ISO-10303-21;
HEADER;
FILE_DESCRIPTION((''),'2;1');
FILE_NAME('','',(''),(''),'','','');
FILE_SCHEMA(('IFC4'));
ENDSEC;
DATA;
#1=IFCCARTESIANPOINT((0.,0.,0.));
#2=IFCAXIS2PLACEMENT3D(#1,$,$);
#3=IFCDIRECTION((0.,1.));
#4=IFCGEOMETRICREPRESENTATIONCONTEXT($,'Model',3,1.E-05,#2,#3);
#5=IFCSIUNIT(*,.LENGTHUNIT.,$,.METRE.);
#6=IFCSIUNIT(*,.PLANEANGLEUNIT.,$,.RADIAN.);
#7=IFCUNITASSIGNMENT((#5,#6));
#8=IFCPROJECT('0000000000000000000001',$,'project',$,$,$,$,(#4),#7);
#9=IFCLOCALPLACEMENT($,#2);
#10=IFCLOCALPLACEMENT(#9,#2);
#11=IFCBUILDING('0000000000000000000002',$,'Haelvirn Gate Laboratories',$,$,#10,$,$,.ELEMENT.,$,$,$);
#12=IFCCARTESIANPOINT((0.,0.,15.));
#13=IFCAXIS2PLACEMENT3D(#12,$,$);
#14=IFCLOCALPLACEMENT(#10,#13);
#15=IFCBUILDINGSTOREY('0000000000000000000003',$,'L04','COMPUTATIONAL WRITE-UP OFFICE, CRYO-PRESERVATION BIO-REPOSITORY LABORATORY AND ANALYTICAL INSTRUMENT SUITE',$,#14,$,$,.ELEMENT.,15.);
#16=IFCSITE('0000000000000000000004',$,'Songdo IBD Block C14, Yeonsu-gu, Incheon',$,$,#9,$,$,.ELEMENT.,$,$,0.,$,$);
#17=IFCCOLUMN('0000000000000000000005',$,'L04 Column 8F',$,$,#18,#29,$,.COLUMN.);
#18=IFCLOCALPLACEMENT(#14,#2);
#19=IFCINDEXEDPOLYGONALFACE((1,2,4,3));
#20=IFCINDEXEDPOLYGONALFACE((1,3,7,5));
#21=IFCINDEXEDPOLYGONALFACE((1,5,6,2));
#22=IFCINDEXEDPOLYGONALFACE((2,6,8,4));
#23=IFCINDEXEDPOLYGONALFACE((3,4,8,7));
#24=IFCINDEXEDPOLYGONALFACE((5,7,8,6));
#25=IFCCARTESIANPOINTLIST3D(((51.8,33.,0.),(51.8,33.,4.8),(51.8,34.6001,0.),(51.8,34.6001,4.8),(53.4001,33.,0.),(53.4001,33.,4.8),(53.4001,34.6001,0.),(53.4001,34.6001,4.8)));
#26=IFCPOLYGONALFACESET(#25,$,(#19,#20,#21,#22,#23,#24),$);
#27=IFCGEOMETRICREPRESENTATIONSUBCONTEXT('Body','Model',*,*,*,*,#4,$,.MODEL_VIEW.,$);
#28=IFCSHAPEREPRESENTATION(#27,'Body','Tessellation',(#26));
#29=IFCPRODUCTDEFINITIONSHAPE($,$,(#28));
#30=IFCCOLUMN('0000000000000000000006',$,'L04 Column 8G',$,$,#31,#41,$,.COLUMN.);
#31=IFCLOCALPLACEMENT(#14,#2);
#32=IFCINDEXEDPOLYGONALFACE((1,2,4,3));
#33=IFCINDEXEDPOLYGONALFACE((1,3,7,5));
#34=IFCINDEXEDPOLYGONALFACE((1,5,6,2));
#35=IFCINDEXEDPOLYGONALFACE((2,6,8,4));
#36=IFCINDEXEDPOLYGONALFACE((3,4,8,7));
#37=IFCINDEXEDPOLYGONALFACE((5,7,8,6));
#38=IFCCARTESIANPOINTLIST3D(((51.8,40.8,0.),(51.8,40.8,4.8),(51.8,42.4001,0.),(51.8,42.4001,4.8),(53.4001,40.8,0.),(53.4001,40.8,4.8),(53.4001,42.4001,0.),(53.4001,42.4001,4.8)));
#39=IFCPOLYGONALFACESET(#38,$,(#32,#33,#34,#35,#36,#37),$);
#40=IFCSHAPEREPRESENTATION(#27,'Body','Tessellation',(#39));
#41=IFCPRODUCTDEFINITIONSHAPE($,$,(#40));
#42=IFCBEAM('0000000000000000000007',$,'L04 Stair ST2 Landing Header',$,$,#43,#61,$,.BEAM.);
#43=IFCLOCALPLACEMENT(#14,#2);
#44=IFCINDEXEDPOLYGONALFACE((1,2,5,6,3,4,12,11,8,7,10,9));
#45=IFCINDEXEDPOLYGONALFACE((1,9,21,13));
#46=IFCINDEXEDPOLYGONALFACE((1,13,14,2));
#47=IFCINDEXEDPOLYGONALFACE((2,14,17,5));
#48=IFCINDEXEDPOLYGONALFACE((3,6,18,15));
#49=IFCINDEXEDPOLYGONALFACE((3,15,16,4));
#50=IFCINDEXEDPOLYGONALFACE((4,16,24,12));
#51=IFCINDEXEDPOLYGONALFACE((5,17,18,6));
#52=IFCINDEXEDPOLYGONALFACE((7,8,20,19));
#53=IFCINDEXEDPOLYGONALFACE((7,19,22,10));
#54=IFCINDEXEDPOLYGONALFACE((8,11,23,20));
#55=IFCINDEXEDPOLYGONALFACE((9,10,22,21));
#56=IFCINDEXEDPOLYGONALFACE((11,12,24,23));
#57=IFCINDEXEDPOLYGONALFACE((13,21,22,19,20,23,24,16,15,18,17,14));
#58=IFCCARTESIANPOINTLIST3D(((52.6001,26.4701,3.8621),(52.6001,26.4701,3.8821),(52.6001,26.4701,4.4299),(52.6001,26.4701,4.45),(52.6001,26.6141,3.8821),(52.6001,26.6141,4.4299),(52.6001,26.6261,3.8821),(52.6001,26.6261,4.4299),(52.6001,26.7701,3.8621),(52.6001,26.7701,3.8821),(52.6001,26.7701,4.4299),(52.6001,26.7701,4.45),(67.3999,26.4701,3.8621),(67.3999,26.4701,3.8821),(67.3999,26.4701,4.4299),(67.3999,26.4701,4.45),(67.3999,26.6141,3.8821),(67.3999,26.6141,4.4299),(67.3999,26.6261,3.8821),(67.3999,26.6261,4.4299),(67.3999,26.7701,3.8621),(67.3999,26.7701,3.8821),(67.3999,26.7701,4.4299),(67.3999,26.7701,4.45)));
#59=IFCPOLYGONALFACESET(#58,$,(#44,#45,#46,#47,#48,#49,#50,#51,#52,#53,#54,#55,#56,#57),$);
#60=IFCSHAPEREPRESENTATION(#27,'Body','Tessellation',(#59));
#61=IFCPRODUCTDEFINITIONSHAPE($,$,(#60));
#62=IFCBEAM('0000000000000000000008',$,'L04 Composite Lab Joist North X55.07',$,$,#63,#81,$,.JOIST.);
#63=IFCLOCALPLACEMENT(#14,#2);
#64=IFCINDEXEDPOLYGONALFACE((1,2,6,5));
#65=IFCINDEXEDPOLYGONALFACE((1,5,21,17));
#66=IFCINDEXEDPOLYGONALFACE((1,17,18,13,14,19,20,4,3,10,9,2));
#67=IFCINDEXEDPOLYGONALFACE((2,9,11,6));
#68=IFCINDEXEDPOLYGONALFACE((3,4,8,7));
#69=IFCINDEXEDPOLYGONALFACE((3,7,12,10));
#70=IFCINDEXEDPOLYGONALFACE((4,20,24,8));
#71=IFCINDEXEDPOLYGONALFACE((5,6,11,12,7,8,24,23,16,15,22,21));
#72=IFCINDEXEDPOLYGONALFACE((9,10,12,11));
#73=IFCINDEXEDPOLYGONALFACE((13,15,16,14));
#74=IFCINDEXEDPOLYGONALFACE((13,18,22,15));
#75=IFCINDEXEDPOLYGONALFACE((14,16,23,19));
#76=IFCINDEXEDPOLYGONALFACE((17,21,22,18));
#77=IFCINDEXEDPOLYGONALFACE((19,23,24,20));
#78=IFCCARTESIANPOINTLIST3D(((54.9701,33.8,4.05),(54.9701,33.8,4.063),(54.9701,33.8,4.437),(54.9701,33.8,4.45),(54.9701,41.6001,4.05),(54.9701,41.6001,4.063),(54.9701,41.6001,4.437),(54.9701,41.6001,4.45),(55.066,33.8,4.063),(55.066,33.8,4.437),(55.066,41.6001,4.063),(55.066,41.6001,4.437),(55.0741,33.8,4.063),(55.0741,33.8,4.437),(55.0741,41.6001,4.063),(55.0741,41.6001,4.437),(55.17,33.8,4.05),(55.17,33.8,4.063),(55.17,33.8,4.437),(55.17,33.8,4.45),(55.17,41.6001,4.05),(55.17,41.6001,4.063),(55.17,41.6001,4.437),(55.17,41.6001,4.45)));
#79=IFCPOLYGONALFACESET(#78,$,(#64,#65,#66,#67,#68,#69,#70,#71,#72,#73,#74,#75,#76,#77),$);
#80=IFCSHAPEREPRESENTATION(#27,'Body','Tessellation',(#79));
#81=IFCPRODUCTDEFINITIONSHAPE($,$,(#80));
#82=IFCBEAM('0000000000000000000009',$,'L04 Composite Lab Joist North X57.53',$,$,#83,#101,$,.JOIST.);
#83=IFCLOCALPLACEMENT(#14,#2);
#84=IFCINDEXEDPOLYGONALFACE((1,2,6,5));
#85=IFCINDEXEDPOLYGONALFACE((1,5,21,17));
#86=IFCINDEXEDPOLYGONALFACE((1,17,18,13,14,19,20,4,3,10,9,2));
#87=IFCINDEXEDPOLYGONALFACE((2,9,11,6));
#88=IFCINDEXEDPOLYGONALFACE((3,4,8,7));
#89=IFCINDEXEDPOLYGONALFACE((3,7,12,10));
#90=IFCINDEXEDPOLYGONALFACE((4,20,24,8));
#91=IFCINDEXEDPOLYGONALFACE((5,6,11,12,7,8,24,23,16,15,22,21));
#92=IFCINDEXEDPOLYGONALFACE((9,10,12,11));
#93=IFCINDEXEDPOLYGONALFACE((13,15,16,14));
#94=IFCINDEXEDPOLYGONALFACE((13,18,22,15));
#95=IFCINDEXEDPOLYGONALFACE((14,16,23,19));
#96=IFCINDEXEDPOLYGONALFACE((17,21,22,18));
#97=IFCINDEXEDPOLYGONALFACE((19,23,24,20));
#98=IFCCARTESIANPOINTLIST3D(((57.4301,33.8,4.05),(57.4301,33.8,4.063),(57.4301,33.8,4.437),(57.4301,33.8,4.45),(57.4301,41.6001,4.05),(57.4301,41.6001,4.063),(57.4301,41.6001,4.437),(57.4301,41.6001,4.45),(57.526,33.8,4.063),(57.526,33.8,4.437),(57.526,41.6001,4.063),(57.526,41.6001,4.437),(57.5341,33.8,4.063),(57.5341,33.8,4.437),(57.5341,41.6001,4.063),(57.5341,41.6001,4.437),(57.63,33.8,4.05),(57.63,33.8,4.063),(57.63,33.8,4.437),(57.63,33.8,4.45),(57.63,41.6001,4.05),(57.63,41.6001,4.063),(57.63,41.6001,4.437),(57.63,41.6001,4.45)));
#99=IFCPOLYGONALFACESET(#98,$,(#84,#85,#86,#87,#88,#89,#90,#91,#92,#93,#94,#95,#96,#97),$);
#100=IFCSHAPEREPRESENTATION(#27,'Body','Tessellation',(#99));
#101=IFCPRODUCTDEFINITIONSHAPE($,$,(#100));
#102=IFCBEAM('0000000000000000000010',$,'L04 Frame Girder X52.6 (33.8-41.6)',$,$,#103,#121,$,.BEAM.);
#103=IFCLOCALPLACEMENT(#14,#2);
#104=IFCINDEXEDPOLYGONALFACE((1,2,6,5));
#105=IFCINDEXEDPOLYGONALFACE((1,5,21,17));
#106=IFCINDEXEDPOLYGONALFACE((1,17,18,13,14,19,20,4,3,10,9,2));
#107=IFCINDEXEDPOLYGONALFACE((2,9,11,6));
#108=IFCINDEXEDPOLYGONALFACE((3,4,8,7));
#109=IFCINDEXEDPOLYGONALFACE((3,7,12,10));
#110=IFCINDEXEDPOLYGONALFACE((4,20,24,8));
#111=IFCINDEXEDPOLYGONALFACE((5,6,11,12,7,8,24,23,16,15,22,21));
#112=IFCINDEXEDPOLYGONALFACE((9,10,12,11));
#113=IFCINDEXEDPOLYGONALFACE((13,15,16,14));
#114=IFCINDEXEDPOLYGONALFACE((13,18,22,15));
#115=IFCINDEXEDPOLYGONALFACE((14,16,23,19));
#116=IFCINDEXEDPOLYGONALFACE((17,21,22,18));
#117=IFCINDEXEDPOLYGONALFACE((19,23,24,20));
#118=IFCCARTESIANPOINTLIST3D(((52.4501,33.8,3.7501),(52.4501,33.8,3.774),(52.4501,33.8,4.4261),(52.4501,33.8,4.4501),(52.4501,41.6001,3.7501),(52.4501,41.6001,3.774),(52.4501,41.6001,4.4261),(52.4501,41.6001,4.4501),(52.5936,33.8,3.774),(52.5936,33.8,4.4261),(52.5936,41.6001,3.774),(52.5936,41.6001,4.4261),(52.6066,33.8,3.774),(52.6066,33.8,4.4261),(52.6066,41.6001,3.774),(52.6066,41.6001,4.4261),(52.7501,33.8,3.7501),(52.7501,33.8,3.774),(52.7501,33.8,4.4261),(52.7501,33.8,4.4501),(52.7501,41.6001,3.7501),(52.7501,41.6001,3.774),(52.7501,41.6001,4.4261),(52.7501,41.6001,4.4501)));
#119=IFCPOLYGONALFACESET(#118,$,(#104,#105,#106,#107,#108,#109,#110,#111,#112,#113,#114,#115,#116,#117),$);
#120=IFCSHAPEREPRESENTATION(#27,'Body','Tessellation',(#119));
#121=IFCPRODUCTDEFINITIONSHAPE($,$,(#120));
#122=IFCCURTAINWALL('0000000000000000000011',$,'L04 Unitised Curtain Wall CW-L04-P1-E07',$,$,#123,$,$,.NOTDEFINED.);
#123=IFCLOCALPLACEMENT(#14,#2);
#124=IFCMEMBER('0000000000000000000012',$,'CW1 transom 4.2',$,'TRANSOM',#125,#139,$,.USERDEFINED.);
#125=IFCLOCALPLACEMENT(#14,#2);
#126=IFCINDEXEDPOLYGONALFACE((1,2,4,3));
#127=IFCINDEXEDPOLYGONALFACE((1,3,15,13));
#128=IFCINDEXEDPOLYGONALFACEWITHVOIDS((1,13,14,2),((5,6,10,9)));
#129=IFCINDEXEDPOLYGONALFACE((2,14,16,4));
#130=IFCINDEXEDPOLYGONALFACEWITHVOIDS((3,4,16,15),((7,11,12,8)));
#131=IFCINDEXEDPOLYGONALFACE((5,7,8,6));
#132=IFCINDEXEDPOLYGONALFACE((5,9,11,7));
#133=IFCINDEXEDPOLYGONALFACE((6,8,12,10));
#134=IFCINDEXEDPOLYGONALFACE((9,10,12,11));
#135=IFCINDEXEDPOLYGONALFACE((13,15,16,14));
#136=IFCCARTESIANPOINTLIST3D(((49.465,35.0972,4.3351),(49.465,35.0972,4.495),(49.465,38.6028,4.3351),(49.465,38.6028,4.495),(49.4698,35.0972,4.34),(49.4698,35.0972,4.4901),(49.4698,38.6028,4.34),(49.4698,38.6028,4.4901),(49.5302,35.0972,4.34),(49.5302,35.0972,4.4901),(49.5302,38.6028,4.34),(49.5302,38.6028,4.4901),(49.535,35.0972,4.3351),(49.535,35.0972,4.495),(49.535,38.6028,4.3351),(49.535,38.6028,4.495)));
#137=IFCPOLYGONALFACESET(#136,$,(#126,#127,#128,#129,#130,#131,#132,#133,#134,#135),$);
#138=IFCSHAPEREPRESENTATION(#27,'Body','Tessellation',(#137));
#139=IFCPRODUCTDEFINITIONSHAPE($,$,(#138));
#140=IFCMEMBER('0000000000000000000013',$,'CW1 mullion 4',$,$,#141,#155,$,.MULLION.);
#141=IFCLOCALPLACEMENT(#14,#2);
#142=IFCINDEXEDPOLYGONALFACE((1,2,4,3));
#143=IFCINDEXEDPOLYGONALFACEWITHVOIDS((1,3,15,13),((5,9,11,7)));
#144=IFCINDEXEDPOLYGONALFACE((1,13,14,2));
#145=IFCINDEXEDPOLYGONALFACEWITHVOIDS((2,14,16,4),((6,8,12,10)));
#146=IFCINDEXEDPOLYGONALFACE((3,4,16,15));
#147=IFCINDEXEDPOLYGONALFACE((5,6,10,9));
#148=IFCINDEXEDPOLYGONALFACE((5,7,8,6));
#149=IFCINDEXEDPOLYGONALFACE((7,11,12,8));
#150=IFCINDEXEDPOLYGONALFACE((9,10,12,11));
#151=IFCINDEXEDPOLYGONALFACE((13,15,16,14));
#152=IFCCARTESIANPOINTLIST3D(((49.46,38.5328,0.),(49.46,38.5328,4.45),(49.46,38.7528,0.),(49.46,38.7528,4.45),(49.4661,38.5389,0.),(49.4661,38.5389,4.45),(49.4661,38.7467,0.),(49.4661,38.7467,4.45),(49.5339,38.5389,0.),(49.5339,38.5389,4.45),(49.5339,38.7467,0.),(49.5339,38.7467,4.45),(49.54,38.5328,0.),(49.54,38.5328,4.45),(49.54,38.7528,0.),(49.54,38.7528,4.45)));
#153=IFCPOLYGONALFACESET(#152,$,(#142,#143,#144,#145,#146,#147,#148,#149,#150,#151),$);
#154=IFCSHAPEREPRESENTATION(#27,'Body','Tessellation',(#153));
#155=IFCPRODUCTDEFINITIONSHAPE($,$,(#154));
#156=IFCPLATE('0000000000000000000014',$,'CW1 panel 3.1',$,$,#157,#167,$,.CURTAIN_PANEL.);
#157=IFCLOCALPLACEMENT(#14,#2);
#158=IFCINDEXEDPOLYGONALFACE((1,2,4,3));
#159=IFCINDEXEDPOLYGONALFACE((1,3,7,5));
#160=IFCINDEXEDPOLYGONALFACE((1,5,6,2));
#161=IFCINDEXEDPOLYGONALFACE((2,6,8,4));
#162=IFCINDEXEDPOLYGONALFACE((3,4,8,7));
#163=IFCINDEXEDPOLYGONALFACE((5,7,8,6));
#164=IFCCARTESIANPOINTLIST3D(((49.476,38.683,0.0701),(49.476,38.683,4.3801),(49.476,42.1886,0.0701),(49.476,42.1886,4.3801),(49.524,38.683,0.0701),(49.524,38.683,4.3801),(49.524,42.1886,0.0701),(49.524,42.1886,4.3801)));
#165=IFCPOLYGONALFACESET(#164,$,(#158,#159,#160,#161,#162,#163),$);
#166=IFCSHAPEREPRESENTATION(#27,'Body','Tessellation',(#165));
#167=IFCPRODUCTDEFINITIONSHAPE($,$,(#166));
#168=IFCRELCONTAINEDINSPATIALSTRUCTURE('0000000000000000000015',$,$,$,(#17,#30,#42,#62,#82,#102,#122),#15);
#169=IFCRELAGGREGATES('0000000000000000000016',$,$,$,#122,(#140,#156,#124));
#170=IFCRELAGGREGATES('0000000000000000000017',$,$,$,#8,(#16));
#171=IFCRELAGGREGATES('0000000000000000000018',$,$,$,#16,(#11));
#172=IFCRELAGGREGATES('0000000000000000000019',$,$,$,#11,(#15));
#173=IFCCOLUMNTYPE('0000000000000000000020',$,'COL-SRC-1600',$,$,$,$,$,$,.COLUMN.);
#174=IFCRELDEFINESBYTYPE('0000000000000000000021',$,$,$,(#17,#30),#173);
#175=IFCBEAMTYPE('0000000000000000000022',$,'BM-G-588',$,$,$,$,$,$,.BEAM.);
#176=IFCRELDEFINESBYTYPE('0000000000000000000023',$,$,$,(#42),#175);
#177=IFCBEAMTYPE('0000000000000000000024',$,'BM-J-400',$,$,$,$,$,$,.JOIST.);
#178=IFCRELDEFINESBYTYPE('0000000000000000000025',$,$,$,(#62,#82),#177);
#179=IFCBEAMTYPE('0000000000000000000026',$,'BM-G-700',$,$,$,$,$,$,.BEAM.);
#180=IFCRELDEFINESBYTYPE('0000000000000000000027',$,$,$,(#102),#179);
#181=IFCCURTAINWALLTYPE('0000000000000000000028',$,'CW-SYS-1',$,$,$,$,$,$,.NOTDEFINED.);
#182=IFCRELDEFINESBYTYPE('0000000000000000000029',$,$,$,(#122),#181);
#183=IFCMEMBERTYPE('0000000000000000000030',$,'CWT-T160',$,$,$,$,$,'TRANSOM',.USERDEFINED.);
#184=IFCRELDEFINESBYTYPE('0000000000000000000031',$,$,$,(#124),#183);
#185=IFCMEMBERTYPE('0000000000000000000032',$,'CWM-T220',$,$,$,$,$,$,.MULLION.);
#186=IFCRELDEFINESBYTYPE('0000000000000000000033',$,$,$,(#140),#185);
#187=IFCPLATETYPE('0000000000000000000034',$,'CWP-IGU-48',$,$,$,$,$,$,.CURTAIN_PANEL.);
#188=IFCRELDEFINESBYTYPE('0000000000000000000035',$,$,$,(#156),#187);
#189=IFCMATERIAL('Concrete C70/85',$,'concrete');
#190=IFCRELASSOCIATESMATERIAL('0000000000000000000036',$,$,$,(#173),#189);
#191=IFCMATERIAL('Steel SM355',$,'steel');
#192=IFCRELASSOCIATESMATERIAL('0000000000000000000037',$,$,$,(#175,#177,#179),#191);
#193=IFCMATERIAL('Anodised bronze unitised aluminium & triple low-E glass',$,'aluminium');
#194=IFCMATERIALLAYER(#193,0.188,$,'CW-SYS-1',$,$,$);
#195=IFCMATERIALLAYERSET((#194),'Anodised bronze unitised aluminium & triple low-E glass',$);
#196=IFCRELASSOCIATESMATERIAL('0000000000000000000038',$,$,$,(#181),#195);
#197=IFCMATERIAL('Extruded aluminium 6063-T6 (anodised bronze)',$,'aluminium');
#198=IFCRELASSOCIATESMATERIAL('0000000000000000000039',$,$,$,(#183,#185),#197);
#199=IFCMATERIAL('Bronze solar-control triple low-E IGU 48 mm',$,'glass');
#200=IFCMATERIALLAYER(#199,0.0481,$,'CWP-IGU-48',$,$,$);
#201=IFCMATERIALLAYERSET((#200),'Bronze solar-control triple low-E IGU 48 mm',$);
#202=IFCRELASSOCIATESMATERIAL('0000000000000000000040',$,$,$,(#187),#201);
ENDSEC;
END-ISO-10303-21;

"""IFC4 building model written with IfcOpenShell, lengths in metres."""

from ifc_helpers import new_model, si_unit, direction, frame, origin, origin_2d, place, context, subcontext, project, spatial, rectangle, hollow_rectangle, i_section, extrude, source, transform, mapped, material, layer, layer_set, material_profile, profile_set, type_object, type_shapes, element, aggregate, save


model = new_model("IFC4")

# Units and contexts
model_context = context("Model", 3, precision=1e-05, world=origin(), true_north=direction((0.0, 1.0)))
body_context = subcontext(model_context, "Body", "Model", "MODEL_VIEW")
ifc_project = project(units=[si_unit("LENGTHUNIT", "METRE"), si_unit("PLANEANGLEUNIT", "RADIAN")], contexts=[model_context])

# Site, building, storey
site_placement = place(None, origin())
site = spatial("IfcSite", under=ifc_project, at=site_placement, Name="Songdo IBD Block C14, Yeonsu-gu, Incheon", CompositionType="ELEMENT", RefElevation=0.0)
building_placement = place(site_placement, origin())
building = spatial("IfcBuilding", under=site, at=building_placement, Name="Haelvirn Gate Laboratories", CompositionType="ELEMENT")
storey_placement = place(building_placement, frame((0.0, 0.0, 15.0)))
storey = spatial("IfcBuildingStorey", under=building, at=storey_placement, Name="L04", Description="COMPUTATIONAL WRITE-UP OFFICE, CRYO-PRESERVATION BIO-REPOSITORY LABORATORY AND ANALYTICAL INSTRUMENT SUITE", CompositionType="ELEMENT", Elevation=15.0)

# Columns
ifc_material_1 = material(Name="Concrete C70/85", Category="concrete")
ifc_material_profile_1 = material_profile(ifc_material_1, rectangle(XDim=1.6001, YDim=1.6001, at=origin_2d()), Name="SRC-1600x1600")
ifc_profile_set_1 = profile_set([ifc_material_profile_1], Name="Concrete C70/85")
column_type = type_object("IfcColumnType", Name="COL-SRC-1600", PredefinedType="COLUMN", material=ifc_profile_set_1)
shared_shape_1 = source(origin(), body_context, "Body", "SweptSolid", [
    extrude(rectangle(XDim=1.6001, YDim=1.6001, at=origin_2d()), origin(), (0.0, 0.0, 1.0), 4.8),
])
type_shapes(column_type, [shared_shape_1])
for number, where, z_axis, x_axis, name in (
    (1, (52.6001, 33.8, 0.0), (0.0, 0.0, 1.0), (1.0, 0.0, 0.0), "L04 Column 8F"),
    (2, (52.6001, 41.6001, 0.0), (0.0, 0.0, 1.0), (1.0, 0.0, 0.0), "L04 Column 8G"),
):
    element("IfcColumn", number, at=place(storey_placement, frame(where, z_axis=z_axis, x_axis=x_axis)), inside=storey, type_object=column_type, Name=name, PredefinedType="COLUMN", context=body_context, shape_type="MappedRepresentation", body=[
        mapped(shared_shape_1, transform((0.0, 0.0, 0.0), scale=1.0)),
    ])

# Beams
ifc_material_2 = material(Name="Steel SM355", Category="steel")
ifc_material_profile_2 = material_profile(ifc_material_2, i_section(OverallWidth=0.3, OverallDepth=0.5879, WebThickness=0.012, FlangeThickness=0.02, at=origin_2d()), Name="H-588x300x12x20")
ifc_profile_set_2 = profile_set([ifc_material_profile_2], Name="Steel SM355")
beam_type_1 = type_object("IfcBeamType", Name="BM-G-588", PredefinedType="BEAM", material=ifc_profile_set_2)
shared_shape_2 = source(origin(), body_context, "Body", "SweptSolid", [
    extrude(i_section(OverallWidth=0.3, OverallDepth=0.5879, WebThickness=0.012, FlangeThickness=0.02, at=origin_2d()), origin(), (0.0, 0.0, 1.0), 14.7998),
])
type_shapes(beam_type_1, [shared_shape_2])
beam_1_placement = place(storey_placement, frame((52.6001, 26.6201, 4.156), z_axis=(1.0, 0.0, 0.0), x_axis=(0.0, 1.0, 0.0)))
element("IfcBeam", 3, at=beam_1_placement, inside=storey, type_object=beam_type_1, Name="L04 Stair ST2 Landing Header", PredefinedType="BEAM", context=body_context, shape_type="MappedRepresentation", body=[
    mapped(shared_shape_2, transform((0.0, 0.0, 0.0), scale=1.0)),
])
ifc_material_profile_3 = material_profile(ifc_material_2, i_section(OverallWidth=0.2, OverallDepth=0.3999, WebThickness=0.0081, FlangeThickness=0.0129, at=origin_2d()), Name="H-400x200x8x13")
ifc_profile_set_3 = profile_set([ifc_material_profile_3], Name="Steel SM355")
beam_type_2 = type_object("IfcBeamType", Name="BM-J-400", PredefinedType="JOIST", material=ifc_profile_set_3)
shared_shape_3 = source(origin(), body_context, "Body", "SweptSolid", [
    extrude(i_section(OverallWidth=0.2, OverallDepth=0.3999, WebThickness=0.0081, FlangeThickness=0.0129, at=origin_2d()), origin(), (0.0, 0.0, 1.0), 7.8),
])
type_shapes(beam_type_2, [shared_shape_3])
for number, where, z_axis, x_axis, name in (
    (4, (55.0701, 33.8, 4.25), (0.0, 1.0, 0.0), (-1.0, 0.0, 0.0), "L04 Composite Lab Joist North X55.07"),
    (5, (57.53, 33.8, 4.25), (0.0, 1.0, 0.0), (-1.0, 0.0, 0.0), "L04 Composite Lab Joist North X57.53"),
):
    element("IfcBeam", number, at=place(storey_placement, frame(where, z_axis=z_axis, x_axis=x_axis)), inside=storey, type_object=beam_type_2, Name=name, PredefinedType="JOIST", context=body_context, shape_type="MappedRepresentation", body=[
        mapped(shared_shape_3, transform((0.0, 0.0, 0.0), scale=1.0)),
    ])
ifc_material_profile_4 = material_profile(ifc_material_2, i_section(OverallWidth=0.3, OverallDepth=0.7, WebThickness=0.0129, FlangeThickness=0.0239, at=origin_2d()), Name="H-700x300x13x24")
ifc_profile_set_4 = profile_set([ifc_material_profile_4], Name="Steel SM355")
beam_type_3 = type_object("IfcBeamType", Name="BM-G-700", PredefinedType="BEAM", material=ifc_profile_set_4)
shared_shape_4 = source(origin(), body_context, "Body", "SweptSolid", [
    extrude(i_section(OverallWidth=0.3, OverallDepth=0.7, WebThickness=0.0129, FlangeThickness=0.0239, at=origin_2d()), origin(), (0.0, 0.0, 1.0), 7.8),
])
type_shapes(beam_type_3, [shared_shape_4])
beam_2_placement = place(storey_placement, frame((52.6001, 33.8, 4.1001), z_axis=(0.0, 1.0, 0.0), x_axis=(-1.0, 0.0, 0.0)))
element("IfcBeam", 6, at=beam_2_placement, inside=storey, type_object=beam_type_3, Name="L04 Frame Girder X52.6 (33.8-41.6)", PredefinedType="BEAM", context=body_context, shape_type="MappedRepresentation", body=[
    mapped(shared_shape_4, transform((0.0, 0.0, 0.0), scale=1.0)),
])

# Curtain wall, members, plate
ifc_material_3 = material(Name="Anodised bronze unitised aluminium & triple low-E glass", Category="aluminium")
ifc_layer_1 = layer(ifc_material_3, 0.188, Name="CW-SYS-1")
ifc_layer_set_1 = layer_set([ifc_layer_1], Name="Anodised bronze unitised aluminium & triple low-E glass")
curtain_wall_type = type_object("IfcCurtainWallType", Name="CW-SYS-1", PredefinedType="NOTDEFINED", material=ifc_layer_set_1)
curtain_wall_placement = place(storey_placement, origin())
curtain_wall = element("IfcCurtainWall", 7, at=curtain_wall_placement, inside=storey, type_object=curtain_wall_type, Name="L04 Unitised Curtain Wall CW-L04-P1-E07", PredefinedType="NOTDEFINED")
ifc_material_4 = material(Name="Extruded aluminium 6063-T6 (anodised bronze)", Category="aluminium")
ifc_material_profile_5 = material_profile(ifc_material_4, hollow_rectangle(XDim=0.0701, YDim=0.1599, WallThickness=0.0049, at=origin_2d()), Name="CWT-160x70x5")
ifc_profile_set_5 = profile_set([ifc_material_profile_5], Name="Extruded aluminium 6063-T6 (anodised bronze)")
member_type_1 = type_object("IfcMemberType", Name="CWT-T160", ElementType="TRANSOM", PredefinedType="USERDEFINED", material=ifc_profile_set_5)
shared_shape_5 = source(origin(), body_context, "Body", "SweptSolid", [
    extrude(hollow_rectangle(XDim=0.0701, YDim=0.1599, WallThickness=0.0049, at=origin_2d()), origin(), (0.0, 0.0, 1.0), 3.5056),
])
type_shapes(member_type_1, [shared_shape_5])
member_1_placement = place(storey_placement, frame((49.5, 38.6028, 4.415), z_axis=(0.0, -1.0, 0.0), x_axis=(1.0, 0.0, 0.0)))
member_1 = element("IfcMember", 8, at=member_1_placement, type_object=member_type_1, Name="CW1 transom 4.2", ObjectType="TRANSOM", PredefinedType="USERDEFINED", context=body_context, shape_type="MappedRepresentation", body=[
    mapped(shared_shape_5, transform((0.0, 0.0, 0.0), scale=1.0)),
])
ifc_material_profile_6 = material_profile(ifc_material_4, hollow_rectangle(XDim=0.0801, YDim=0.22, WallThickness=0.0061, at=origin_2d()), Name="CWM-220x80x6")
ifc_profile_set_6 = profile_set([ifc_material_profile_6], Name="Extruded aluminium 6063-T6 (anodised bronze)")
member_type_2 = type_object("IfcMemberType", Name="CWM-T220", PredefinedType="MULLION", material=ifc_profile_set_6)
shared_shape_6 = source(origin(), body_context, "Body", "SweptSolid", [
    extrude(hollow_rectangle(XDim=0.0801, YDim=0.22, WallThickness=0.0061, at=origin_2d()), origin(), (0.0, 0.0, 1.0), 4.45),
])
type_shapes(member_type_2, [shared_shape_6])
member_2_placement = place(storey_placement, frame((49.5, 38.6428, 0.0), z_axis=(0.0, 0.0, 1.0), x_axis=(1.0, 0.0, 0.0)))
member_2 = element("IfcMember", 9, at=member_2_placement, type_object=member_type_2, Name="CW1 mullion 4", PredefinedType="MULLION", context=body_context, shape_type="MappedRepresentation", body=[
    mapped(shared_shape_6, transform((0.0, 0.0, 0.0), scale=1.0)),
])
ifc_material_5 = material(Name="Bronze solar-control triple low-E IGU 48 mm", Category="glass")
ifc_layer_2 = layer(ifc_material_5, 0.0481, Name="CWP-IGU-48")
ifc_layer_set_2 = layer_set([ifc_layer_2], Name="Bronze solar-control triple low-E IGU 48 mm")
plate_type = type_object("IfcPlateType", Name="CWP-IGU-48", PredefinedType="CURTAIN_PANEL", material=ifc_layer_set_2)
shared_shape_7 = source(origin(), body_context, "Body", "SweptSolid", [
    extrude(rectangle(XDim=3.5056, YDim=0.0481, at=origin_2d()), origin(), (0.0, 0.0, 1.0), 4.3101),
])
type_shapes(plate_type, [shared_shape_7])
plate_placement = place(storey_placement, frame((49.5, 40.4358, 0.0701), z_axis=(0.0, 0.0, 1.0), x_axis=(0.0, -1.0, 0.0)))
plate = element("IfcPlate", 10, at=plate_placement, type_object=plate_type, Name="CW1 panel 3.1", PredefinedType="CURTAIN_PANEL", context=body_context, shape_type="MappedRepresentation", body=[
    mapped(shared_shape_7, transform((0.0, 0.0, 0.0), scale=1.0)),
])
aggregate(curtain_wall, [member_2, plate, member_1])

save(model, "model.ifc")
